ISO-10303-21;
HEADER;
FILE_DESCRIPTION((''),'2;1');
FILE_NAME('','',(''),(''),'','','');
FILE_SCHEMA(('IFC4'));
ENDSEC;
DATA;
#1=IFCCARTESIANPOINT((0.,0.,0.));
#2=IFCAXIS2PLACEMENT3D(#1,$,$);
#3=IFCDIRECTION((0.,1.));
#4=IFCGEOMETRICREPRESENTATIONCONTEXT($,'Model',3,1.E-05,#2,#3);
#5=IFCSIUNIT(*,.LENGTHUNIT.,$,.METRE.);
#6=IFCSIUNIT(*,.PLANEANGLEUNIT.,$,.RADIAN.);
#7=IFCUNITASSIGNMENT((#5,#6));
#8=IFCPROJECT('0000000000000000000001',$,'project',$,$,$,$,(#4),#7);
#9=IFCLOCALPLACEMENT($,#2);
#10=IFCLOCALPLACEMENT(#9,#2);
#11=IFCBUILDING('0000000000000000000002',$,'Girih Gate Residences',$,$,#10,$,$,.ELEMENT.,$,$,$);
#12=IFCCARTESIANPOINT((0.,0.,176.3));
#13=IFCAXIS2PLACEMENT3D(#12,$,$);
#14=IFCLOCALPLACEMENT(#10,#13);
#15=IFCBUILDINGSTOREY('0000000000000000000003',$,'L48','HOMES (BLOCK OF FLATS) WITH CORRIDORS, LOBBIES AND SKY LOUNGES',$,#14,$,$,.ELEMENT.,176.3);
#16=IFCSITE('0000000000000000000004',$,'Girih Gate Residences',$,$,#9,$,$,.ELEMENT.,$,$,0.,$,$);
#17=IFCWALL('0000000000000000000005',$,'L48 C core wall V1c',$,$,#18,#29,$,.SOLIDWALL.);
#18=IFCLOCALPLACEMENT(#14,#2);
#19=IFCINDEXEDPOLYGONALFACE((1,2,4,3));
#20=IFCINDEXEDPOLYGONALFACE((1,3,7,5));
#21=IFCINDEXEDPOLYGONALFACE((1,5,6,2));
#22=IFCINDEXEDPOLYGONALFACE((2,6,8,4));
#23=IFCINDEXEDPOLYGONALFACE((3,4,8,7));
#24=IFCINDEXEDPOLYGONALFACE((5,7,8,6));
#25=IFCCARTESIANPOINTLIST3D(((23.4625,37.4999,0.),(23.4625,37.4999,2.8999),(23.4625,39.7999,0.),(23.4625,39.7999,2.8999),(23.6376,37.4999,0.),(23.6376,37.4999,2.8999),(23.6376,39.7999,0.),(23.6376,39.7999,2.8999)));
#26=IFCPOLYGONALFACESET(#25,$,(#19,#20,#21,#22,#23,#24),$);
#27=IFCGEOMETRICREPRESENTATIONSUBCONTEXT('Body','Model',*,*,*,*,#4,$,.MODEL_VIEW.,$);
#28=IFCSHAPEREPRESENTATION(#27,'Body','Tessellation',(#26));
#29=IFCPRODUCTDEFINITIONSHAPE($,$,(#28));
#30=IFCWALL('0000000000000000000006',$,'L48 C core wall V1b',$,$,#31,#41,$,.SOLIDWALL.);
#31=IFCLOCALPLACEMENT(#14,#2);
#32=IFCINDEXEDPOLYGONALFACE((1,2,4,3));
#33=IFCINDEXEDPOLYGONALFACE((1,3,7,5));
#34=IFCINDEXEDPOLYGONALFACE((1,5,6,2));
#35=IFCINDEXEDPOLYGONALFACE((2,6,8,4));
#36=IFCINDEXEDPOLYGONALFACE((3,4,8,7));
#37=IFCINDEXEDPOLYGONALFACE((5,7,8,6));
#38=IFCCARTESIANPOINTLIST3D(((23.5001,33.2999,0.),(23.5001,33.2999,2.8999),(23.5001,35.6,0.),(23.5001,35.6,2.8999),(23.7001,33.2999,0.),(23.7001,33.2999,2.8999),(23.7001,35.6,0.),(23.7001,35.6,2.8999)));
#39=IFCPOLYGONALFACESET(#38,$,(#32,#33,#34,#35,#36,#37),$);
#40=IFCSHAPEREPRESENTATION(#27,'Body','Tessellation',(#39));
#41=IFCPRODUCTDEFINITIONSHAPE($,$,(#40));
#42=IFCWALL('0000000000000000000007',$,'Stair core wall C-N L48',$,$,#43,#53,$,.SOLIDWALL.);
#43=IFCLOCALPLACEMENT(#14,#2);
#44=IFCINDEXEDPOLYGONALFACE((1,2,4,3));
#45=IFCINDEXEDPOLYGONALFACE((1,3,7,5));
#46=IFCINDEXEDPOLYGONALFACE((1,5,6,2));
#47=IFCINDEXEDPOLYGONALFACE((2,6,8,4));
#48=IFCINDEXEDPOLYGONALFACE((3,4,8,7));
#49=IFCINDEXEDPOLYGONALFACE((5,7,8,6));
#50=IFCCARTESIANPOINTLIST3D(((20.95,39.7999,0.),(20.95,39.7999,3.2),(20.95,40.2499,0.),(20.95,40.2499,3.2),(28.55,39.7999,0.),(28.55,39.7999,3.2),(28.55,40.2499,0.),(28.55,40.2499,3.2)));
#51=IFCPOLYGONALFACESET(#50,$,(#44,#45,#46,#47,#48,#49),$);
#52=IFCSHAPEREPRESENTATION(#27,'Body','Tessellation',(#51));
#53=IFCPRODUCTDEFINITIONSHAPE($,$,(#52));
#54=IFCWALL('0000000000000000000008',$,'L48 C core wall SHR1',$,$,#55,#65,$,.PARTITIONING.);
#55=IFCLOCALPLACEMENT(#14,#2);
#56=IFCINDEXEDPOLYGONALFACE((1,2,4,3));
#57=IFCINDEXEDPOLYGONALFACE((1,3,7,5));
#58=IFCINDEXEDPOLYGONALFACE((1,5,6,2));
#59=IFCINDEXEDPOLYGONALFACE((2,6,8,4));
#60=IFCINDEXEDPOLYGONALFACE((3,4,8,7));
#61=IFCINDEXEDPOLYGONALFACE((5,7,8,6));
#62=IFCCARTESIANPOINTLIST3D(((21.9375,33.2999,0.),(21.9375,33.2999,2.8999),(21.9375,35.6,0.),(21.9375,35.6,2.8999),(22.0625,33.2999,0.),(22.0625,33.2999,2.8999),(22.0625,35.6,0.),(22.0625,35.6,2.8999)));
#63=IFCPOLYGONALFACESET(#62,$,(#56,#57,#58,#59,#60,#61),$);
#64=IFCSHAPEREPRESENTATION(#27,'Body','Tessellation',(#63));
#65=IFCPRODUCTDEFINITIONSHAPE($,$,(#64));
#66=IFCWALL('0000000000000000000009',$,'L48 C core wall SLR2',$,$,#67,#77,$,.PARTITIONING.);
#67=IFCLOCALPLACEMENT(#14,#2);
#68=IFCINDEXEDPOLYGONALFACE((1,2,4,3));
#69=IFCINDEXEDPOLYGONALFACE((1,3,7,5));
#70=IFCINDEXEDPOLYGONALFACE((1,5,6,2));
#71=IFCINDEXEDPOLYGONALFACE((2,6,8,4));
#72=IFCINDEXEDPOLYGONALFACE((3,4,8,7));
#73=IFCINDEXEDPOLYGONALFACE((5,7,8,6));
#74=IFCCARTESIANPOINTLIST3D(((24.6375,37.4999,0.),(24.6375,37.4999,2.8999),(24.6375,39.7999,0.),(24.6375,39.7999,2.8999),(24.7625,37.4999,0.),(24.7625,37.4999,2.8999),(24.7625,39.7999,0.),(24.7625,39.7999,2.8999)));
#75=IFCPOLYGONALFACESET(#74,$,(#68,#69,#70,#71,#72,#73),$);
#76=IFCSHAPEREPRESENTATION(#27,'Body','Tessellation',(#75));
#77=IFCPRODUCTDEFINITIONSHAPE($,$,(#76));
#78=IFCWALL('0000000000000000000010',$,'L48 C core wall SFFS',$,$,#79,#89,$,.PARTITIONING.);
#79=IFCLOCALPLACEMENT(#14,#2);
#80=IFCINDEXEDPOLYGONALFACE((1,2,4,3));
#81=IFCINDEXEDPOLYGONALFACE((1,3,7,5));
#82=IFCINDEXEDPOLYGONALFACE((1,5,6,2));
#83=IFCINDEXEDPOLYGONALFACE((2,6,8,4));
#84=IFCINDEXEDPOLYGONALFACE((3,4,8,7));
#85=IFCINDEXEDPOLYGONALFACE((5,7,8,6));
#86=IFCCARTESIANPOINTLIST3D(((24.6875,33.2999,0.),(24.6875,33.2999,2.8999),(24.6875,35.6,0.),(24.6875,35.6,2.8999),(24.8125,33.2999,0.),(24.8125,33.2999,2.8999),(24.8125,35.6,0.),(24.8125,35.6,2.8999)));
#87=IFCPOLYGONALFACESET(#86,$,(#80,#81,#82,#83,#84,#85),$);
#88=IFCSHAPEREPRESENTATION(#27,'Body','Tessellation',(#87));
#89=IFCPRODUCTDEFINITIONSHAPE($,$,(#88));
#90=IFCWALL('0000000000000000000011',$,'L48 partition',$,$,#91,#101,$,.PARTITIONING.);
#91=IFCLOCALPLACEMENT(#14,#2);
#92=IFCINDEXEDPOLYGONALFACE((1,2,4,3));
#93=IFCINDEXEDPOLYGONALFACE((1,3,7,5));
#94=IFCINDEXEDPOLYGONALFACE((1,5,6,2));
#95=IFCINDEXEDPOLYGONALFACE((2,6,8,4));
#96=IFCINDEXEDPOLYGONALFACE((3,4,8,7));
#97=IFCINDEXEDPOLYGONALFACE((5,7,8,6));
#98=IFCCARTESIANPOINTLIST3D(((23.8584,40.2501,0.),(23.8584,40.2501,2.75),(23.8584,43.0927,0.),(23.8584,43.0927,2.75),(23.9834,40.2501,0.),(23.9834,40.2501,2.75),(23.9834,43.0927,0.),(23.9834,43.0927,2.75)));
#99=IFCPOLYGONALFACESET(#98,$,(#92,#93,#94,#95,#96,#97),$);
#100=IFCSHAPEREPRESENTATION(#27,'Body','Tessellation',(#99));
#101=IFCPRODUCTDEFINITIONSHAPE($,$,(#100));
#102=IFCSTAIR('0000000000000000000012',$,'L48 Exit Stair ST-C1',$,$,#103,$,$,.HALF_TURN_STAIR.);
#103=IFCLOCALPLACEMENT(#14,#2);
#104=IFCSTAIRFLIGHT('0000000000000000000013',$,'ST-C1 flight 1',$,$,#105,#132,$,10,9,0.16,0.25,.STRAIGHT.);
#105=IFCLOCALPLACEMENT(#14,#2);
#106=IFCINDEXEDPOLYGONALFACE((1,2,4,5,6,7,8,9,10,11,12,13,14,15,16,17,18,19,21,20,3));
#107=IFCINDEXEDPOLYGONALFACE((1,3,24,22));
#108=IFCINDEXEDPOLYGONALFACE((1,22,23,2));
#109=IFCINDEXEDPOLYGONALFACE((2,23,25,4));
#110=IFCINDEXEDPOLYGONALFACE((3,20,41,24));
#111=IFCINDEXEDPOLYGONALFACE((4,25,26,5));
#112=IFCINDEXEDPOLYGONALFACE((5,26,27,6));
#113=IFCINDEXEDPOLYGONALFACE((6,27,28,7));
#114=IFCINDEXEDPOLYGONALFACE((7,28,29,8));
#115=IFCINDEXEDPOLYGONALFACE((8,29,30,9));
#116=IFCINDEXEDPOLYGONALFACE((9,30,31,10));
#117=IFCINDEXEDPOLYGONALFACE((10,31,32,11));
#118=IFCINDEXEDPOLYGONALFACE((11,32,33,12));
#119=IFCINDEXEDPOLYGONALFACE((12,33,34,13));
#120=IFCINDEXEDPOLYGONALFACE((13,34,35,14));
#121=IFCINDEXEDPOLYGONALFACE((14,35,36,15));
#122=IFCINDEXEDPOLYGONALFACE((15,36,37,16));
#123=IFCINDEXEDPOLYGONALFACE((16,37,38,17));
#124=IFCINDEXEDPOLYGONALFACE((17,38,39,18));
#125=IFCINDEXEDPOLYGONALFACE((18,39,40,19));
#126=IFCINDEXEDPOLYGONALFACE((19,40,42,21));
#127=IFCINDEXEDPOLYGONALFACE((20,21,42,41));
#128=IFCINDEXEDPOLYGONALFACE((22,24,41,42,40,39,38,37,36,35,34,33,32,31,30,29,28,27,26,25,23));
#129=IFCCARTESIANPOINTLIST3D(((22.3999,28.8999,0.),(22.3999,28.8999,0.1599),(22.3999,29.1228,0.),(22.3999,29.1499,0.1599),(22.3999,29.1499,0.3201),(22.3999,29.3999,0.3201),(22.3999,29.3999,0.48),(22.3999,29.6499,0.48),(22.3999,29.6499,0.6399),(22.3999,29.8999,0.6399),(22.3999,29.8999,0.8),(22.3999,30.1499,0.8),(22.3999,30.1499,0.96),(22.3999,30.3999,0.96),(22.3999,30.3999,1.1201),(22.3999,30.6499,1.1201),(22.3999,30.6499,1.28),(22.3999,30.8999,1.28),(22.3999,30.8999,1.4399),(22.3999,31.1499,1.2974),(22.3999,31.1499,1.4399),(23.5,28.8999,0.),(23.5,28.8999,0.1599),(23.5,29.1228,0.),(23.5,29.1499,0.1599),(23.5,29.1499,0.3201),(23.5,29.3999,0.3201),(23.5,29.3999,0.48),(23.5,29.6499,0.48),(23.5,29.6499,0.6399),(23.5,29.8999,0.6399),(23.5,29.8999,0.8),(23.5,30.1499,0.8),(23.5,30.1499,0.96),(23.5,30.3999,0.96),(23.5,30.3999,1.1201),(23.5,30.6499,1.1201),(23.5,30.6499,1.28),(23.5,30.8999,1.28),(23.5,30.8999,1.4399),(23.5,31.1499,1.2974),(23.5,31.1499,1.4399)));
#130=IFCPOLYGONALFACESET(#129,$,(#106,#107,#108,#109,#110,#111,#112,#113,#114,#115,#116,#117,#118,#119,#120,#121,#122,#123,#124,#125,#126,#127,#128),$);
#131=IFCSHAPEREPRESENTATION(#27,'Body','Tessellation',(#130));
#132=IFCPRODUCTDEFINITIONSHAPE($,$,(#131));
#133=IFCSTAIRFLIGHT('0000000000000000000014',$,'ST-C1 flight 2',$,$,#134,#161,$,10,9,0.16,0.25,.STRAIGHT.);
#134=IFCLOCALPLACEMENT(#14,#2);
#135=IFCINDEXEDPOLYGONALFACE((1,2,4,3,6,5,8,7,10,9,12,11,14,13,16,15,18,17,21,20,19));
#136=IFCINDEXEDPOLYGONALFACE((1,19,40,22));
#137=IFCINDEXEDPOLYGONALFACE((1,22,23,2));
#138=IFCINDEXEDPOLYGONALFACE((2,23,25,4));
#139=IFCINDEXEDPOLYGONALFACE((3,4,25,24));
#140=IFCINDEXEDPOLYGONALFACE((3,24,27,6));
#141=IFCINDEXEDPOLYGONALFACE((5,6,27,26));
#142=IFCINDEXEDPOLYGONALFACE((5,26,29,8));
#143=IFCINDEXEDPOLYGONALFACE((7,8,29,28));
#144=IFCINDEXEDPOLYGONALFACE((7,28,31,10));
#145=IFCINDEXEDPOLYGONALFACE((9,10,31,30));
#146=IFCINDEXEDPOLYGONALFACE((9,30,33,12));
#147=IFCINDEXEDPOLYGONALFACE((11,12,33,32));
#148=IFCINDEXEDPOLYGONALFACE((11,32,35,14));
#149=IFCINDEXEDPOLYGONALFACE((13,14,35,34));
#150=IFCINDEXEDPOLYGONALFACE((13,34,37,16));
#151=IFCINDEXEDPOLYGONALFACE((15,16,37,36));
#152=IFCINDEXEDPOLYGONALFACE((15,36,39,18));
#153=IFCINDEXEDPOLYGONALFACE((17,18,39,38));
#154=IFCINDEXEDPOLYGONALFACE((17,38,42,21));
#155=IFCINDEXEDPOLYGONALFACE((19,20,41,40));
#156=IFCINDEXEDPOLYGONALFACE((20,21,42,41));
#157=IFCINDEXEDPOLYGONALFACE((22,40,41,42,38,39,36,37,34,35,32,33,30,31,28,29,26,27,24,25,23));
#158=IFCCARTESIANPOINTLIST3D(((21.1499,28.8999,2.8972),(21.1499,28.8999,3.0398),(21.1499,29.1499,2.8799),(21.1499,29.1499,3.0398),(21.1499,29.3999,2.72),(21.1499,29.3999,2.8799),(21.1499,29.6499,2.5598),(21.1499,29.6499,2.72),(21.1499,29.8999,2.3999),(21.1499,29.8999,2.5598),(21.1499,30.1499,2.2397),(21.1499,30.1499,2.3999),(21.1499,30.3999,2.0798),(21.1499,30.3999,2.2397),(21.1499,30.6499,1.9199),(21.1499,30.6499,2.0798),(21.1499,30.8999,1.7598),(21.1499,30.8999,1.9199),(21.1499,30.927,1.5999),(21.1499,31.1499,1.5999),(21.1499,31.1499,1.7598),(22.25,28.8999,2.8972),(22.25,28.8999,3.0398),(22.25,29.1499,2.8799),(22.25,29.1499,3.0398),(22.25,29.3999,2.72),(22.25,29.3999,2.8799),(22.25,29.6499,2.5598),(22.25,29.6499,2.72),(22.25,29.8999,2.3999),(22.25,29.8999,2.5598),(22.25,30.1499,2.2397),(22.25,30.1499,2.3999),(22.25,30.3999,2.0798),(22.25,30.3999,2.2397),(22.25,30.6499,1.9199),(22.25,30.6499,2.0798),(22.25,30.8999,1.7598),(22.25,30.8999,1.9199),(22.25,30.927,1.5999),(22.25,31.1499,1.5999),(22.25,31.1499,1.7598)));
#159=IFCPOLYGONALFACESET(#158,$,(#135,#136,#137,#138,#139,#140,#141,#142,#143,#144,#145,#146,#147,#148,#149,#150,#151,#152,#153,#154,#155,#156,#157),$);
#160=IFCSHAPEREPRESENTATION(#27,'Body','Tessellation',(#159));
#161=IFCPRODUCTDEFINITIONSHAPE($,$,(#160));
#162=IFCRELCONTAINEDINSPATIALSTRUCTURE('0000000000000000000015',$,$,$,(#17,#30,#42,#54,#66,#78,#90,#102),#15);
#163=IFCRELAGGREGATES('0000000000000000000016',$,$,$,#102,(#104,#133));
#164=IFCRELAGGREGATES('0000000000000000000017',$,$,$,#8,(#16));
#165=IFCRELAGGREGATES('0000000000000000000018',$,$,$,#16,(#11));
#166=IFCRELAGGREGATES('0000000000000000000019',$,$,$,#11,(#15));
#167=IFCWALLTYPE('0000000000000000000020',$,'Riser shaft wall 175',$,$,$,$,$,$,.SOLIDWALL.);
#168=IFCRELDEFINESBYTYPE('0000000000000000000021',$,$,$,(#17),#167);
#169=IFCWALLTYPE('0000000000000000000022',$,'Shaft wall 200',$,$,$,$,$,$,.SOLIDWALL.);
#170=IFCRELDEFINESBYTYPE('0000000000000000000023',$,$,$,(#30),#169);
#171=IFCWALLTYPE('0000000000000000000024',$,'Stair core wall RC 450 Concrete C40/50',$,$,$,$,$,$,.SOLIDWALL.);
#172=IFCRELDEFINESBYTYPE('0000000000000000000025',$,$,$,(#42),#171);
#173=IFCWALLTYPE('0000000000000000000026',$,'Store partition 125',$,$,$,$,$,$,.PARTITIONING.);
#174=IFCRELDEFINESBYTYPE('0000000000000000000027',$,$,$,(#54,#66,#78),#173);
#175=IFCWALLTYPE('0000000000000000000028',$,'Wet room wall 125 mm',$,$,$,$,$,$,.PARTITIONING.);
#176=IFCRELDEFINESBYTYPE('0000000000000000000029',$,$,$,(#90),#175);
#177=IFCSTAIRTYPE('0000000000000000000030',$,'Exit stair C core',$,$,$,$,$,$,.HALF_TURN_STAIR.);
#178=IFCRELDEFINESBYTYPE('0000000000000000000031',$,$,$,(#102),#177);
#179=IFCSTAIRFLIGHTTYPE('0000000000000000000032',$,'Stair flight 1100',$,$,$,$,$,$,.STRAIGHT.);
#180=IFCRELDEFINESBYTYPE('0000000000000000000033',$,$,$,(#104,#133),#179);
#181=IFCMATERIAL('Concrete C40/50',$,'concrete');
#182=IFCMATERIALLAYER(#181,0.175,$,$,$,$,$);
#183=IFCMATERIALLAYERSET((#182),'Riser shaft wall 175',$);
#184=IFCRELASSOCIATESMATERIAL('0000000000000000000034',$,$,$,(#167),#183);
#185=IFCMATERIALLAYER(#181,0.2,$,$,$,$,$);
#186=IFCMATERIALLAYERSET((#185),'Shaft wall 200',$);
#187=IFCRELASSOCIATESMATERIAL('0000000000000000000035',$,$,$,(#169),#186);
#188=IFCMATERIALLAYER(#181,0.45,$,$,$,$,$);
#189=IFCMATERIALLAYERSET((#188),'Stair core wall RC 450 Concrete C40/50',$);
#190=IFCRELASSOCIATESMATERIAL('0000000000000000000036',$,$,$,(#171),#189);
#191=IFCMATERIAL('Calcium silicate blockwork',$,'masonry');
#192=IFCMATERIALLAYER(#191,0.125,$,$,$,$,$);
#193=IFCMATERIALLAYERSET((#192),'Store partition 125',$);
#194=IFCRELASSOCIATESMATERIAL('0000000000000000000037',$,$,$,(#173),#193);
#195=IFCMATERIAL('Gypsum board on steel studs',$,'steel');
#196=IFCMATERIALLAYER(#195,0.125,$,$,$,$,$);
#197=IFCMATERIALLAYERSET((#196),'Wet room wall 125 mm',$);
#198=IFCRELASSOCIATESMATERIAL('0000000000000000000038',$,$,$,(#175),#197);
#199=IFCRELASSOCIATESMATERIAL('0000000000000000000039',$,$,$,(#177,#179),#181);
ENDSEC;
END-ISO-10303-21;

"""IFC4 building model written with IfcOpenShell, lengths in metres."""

from ifc_helpers import new_model, si_unit, direction, frame, frame_2d, origin, place, context, subcontext, project, spatial, polyline, rectangle, outline, extrude, material, layer, layer_set, type_object, element, aggregate, save


model = new_model("IFC4")

# Units and contexts
model_context = context("Model", 3, precision=1e-05, world=origin(), true_north=direction((0.0, 1.0)))
body_context = subcontext(model_context, "Body", "Model", "MODEL_VIEW")
ifc_project = project(units=[si_unit("LENGTHUNIT", "METRE"), si_unit("PLANEANGLEUNIT", "RADIAN")], contexts=[model_context])

# Site, building, storey
site_placement = place(None, origin())
site = spatial("IfcSite", under=ifc_project, at=site_placement, Name="Girih Gate Residences", CompositionType="ELEMENT", RefElevation=0.0)
building_placement = place(site_placement, origin())
building = spatial("IfcBuilding", under=site, at=building_placement, Name="Girih Gate Residences", CompositionType="ELEMENT")
storey_placement = place(building_placement, frame((0.0, 0.0, 176.3)))
storey = spatial("IfcBuildingStorey", under=building, at=storey_placement, Name="L48", Description="HOMES (BLOCK OF FLATS) WITH CORRIDORS, LOBBIES AND SKY LOUNGES", CompositionType="ELEMENT", Elevation=176.3)

# Walls
ifc_material_1 = material(Name="Concrete C40/50", Category="concrete")
ifc_layer_1 = layer(ifc_material_1, 0.175)
ifc_layer_set_1 = layer_set([ifc_layer_1], Name="Riser shaft wall 175")
wall_type_1 = type_object("IfcWallType", Name="Riser shaft wall 175", PredefinedType="SOLIDWALL", material=ifc_layer_set_1)
wall_1_placement = place(storey_placement, frame((23.55, 37.5, 0.0), z_axis=(0.0, 0.0, 1.0), x_axis=(0.0, 1.0, 0.0)))
element("IfcWall", 1, at=wall_1_placement, inside=storey, type_object=wall_type_1, Name="L48 C core wall V1c", PredefinedType="SOLIDWALL", context=body_context, shape_type="SweptSolid", body=[
    extrude(rectangle(XDim=2.3, YDim=0.175, at=frame_2d((1.1499, 0.0))), origin(), (0.0, 0.0, 1.0), 2.8999),
])
ifc_layer_2 = layer(ifc_material_1, 0.2)
ifc_layer_set_2 = layer_set([ifc_layer_2], Name="Shaft wall 200")
wall_type_2 = type_object("IfcWallType", Name="Shaft wall 200", PredefinedType="SOLIDWALL", material=ifc_layer_set_2)
wall_2_placement = place(storey_placement, frame((23.6001, 33.3, 0.0), z_axis=(0.0, 0.0, 1.0), x_axis=(0.0, 1.0, 0.0)))
element("IfcWall", 2, at=wall_2_placement, inside=storey, type_object=wall_type_2, Name="L48 C core wall V1b", PredefinedType="SOLIDWALL", context=body_context, shape_type="SweptSolid", body=[
    extrude(rectangle(XDim=2.3, YDim=0.2, at=frame_2d((1.1499, 0.0))), origin(), (0.0, 0.0, 1.0), 2.8999),
])
ifc_layer_3 = layer(ifc_material_1, 0.45)
ifc_layer_set_3 = layer_set([ifc_layer_3], Name="Stair core wall RC 450 Concrete C40/50")
wall_type_3 = type_object("IfcWallType", Name="Stair core wall RC 450 Concrete C40/50", PredefinedType="SOLIDWALL", material=ifc_layer_set_3)
wall_3_placement = place(storey_placement, frame((20.95, 40.0249, 0.0), z_axis=(0.0, 0.0, 1.0), x_axis=(1.0, 0.0, 0.0)))
element("IfcWall", 3, at=wall_3_placement, inside=storey, type_object=wall_type_3, Name="Stair core wall C-N L48", PredefinedType="SOLIDWALL", context=body_context, shape_type="SweptSolid", body=[
    extrude(rectangle(XDim=7.6001, YDim=0.45, at=frame_2d((3.8, 0.0))), origin(), (0.0, 0.0, 1.0), 3.2),
])
ifc_material_2 = material(Name="Calcium silicate blockwork", Category="masonry")
ifc_layer_4 = layer(ifc_material_2, 0.125)
ifc_layer_set_4 = layer_set([ifc_layer_4], Name="Store partition 125")
wall_type_4 = type_object("IfcWallType", Name="Store partition 125", PredefinedType="PARTITIONING", material=ifc_layer_set_4)
for number, where, z_axis, x_axis, name in (
    (4, (22.0, 33.3, 0.0), (0.0, 0.0, 1.0), (0.0, 1.0, 0.0), "L48 C core wall SHR1"),
    (5, (24.7, 37.5, 0.0), (0.0, 0.0, 1.0), (0.0, 1.0, 0.0), "L48 C core wall SLR2"),
    (6, (24.75, 33.3, 0.0), (0.0, 0.0, 1.0), (0.0, 1.0, 0.0), "L48 C core wall SFFS"),
):
    element("IfcWall", number, at=place(storey_placement, frame(where, z_axis=z_axis, x_axis=x_axis)), inside=storey, type_object=wall_type_4, Name=name, PredefinedType="PARTITIONING", context=body_context, shape_type="SweptSolid", body=[
        extrude(rectangle(XDim=2.3, YDim=0.125, at=frame_2d((1.1499, 0.0))), origin(), (0.0, 0.0, 1.0), 2.8999),
    ])
ifc_material_3 = material(Name="Gypsum board on steel studs", Category="steel")
ifc_layer_5 = layer(ifc_material_3, 0.125)
ifc_layer_set_5 = layer_set([ifc_layer_5], Name="Wet room wall 125 mm")
wall_type_5 = type_object("IfcWallType", Name="Wet room wall 125 mm", PredefinedType="PARTITIONING", material=ifc_layer_set_5)
wall_4_placement = place(storey_placement, frame((23.9209, 40.25, 0.0), z_axis=(0.0, 0.0, 1.0), x_axis=(0.0, 1.0, 0.0)))
element("IfcWall", 7, at=wall_4_placement, inside=storey, type_object=wall_type_5, Name="L48 partition", PredefinedType="PARTITIONING", context=body_context, shape_type="SweptSolid", body=[
    extrude(rectangle(XDim=2.8425, YDim=0.125, at=frame_2d((1.4214, 0.0))), origin(), (0.0, 0.0, 1.0), 2.75),
])

# Stair, stair flights
stair_type = type_object("IfcStairType", Name="Exit stair C core", PredefinedType="HALF_TURN_STAIR", material=ifc_material_1)
stair_placement = place(storey_placement, origin())
stair = element("IfcStair", 8, at=stair_placement, inside=storey, type_object=stair_type, Name="L48 Exit Stair ST-C1", PredefinedType="HALF_TURN_STAIR")
stair_flight_type = type_object("IfcStairFlightType", Name="Stair flight 1100", PredefinedType="STRAIGHT", material=ifc_material_1)
stair_flight_1_placement = place(storey_placement, frame((22.95, 28.8999, 0.0), z_axis=(0.0, 0.0, 1.0), x_axis=(0.0, 1.0, 0.0)))
stair_flight_1 = element("IfcStairFlight", 9, at=stair_flight_1_placement, type_object=stair_flight_type, Name="ST-C1 flight 1", NumberOfRisers=10, NumberOfTreads=9, PredefinedType="STRAIGHT", RiserHeight=0.16, TreadLength=0.25, context=body_context, shape_type="SweptSolid", body=[
    extrude(outline(polyline([(0.0, 0.0), (0.0, 0.1599), (0.25, 0.1599), (0.25, 0.3201), (0.5, 0.3201), (0.5, 0.48), (0.75, 0.48), (0.75, 0.6399), (1.0, 0.6399), (1.0, 0.8), (1.25, 0.8), (1.25, 0.96), (1.5, 0.96), (1.5, 1.1201), (1.75, 1.1201), (1.75, 1.28), (2.0, 1.28), (2.0, 1.4399), (2.25, 1.4399), (2.25, 1.6001), (2.25, 1.2974), (0.2229, 0.0), (0.0, 0.0)])), frame((0.0, 0.55, 0.0), z_axis=(0.0, -1.0, 0.0), x_axis=(1.0, 0.0, 0.0)), (0.0, 0.0, 1.0), 1.1001),
])
stair_flight_2_placement = place(storey_placement, frame((21.7, 31.1499, 1.5999), z_axis=(0.0, 0.0, 1.0), x_axis=(0.0, -1.0, 0.0)))
stair_flight_2 = element("IfcStairFlight", 10, at=stair_flight_2_placement, type_object=stair_flight_type, Name="ST-C1 flight 2", NumberOfRisers=10, NumberOfTreads=9, PredefinedType="STRAIGHT", RiserHeight=0.16, TreadLength=0.25, context=body_context, shape_type="SweptSolid", body=[
    extrude(outline(polyline([(0.0, 0.0), (0.0, 0.1599), (0.25, 0.1599), (0.25, 0.3201), (0.5, 0.3201), (0.5, 0.48), (0.75, 0.48), (0.75, 0.6399), (1.0, 0.6399), (1.0, 0.8), (1.25, 0.8), (1.25, 0.96), (1.5, 0.96), (1.5, 1.1201), (1.75, 1.1201), (1.75, 1.28), (2.0, 1.28), (2.0, 1.4399), (2.25, 1.4399), (2.25, 1.6001), (2.25, 1.2974), (0.2229, 0.0), (0.0, 0.0)])), frame((0.0, 0.55, 0.0), z_axis=(0.0, -1.0, 0.0), x_axis=(1.0, 0.0, 0.0)), (0.0, 0.0, 1.0), 1.1001),
])
aggregate(stair, [stair_flight_1, stair_flight_2])

save(model, "model.ifc")
